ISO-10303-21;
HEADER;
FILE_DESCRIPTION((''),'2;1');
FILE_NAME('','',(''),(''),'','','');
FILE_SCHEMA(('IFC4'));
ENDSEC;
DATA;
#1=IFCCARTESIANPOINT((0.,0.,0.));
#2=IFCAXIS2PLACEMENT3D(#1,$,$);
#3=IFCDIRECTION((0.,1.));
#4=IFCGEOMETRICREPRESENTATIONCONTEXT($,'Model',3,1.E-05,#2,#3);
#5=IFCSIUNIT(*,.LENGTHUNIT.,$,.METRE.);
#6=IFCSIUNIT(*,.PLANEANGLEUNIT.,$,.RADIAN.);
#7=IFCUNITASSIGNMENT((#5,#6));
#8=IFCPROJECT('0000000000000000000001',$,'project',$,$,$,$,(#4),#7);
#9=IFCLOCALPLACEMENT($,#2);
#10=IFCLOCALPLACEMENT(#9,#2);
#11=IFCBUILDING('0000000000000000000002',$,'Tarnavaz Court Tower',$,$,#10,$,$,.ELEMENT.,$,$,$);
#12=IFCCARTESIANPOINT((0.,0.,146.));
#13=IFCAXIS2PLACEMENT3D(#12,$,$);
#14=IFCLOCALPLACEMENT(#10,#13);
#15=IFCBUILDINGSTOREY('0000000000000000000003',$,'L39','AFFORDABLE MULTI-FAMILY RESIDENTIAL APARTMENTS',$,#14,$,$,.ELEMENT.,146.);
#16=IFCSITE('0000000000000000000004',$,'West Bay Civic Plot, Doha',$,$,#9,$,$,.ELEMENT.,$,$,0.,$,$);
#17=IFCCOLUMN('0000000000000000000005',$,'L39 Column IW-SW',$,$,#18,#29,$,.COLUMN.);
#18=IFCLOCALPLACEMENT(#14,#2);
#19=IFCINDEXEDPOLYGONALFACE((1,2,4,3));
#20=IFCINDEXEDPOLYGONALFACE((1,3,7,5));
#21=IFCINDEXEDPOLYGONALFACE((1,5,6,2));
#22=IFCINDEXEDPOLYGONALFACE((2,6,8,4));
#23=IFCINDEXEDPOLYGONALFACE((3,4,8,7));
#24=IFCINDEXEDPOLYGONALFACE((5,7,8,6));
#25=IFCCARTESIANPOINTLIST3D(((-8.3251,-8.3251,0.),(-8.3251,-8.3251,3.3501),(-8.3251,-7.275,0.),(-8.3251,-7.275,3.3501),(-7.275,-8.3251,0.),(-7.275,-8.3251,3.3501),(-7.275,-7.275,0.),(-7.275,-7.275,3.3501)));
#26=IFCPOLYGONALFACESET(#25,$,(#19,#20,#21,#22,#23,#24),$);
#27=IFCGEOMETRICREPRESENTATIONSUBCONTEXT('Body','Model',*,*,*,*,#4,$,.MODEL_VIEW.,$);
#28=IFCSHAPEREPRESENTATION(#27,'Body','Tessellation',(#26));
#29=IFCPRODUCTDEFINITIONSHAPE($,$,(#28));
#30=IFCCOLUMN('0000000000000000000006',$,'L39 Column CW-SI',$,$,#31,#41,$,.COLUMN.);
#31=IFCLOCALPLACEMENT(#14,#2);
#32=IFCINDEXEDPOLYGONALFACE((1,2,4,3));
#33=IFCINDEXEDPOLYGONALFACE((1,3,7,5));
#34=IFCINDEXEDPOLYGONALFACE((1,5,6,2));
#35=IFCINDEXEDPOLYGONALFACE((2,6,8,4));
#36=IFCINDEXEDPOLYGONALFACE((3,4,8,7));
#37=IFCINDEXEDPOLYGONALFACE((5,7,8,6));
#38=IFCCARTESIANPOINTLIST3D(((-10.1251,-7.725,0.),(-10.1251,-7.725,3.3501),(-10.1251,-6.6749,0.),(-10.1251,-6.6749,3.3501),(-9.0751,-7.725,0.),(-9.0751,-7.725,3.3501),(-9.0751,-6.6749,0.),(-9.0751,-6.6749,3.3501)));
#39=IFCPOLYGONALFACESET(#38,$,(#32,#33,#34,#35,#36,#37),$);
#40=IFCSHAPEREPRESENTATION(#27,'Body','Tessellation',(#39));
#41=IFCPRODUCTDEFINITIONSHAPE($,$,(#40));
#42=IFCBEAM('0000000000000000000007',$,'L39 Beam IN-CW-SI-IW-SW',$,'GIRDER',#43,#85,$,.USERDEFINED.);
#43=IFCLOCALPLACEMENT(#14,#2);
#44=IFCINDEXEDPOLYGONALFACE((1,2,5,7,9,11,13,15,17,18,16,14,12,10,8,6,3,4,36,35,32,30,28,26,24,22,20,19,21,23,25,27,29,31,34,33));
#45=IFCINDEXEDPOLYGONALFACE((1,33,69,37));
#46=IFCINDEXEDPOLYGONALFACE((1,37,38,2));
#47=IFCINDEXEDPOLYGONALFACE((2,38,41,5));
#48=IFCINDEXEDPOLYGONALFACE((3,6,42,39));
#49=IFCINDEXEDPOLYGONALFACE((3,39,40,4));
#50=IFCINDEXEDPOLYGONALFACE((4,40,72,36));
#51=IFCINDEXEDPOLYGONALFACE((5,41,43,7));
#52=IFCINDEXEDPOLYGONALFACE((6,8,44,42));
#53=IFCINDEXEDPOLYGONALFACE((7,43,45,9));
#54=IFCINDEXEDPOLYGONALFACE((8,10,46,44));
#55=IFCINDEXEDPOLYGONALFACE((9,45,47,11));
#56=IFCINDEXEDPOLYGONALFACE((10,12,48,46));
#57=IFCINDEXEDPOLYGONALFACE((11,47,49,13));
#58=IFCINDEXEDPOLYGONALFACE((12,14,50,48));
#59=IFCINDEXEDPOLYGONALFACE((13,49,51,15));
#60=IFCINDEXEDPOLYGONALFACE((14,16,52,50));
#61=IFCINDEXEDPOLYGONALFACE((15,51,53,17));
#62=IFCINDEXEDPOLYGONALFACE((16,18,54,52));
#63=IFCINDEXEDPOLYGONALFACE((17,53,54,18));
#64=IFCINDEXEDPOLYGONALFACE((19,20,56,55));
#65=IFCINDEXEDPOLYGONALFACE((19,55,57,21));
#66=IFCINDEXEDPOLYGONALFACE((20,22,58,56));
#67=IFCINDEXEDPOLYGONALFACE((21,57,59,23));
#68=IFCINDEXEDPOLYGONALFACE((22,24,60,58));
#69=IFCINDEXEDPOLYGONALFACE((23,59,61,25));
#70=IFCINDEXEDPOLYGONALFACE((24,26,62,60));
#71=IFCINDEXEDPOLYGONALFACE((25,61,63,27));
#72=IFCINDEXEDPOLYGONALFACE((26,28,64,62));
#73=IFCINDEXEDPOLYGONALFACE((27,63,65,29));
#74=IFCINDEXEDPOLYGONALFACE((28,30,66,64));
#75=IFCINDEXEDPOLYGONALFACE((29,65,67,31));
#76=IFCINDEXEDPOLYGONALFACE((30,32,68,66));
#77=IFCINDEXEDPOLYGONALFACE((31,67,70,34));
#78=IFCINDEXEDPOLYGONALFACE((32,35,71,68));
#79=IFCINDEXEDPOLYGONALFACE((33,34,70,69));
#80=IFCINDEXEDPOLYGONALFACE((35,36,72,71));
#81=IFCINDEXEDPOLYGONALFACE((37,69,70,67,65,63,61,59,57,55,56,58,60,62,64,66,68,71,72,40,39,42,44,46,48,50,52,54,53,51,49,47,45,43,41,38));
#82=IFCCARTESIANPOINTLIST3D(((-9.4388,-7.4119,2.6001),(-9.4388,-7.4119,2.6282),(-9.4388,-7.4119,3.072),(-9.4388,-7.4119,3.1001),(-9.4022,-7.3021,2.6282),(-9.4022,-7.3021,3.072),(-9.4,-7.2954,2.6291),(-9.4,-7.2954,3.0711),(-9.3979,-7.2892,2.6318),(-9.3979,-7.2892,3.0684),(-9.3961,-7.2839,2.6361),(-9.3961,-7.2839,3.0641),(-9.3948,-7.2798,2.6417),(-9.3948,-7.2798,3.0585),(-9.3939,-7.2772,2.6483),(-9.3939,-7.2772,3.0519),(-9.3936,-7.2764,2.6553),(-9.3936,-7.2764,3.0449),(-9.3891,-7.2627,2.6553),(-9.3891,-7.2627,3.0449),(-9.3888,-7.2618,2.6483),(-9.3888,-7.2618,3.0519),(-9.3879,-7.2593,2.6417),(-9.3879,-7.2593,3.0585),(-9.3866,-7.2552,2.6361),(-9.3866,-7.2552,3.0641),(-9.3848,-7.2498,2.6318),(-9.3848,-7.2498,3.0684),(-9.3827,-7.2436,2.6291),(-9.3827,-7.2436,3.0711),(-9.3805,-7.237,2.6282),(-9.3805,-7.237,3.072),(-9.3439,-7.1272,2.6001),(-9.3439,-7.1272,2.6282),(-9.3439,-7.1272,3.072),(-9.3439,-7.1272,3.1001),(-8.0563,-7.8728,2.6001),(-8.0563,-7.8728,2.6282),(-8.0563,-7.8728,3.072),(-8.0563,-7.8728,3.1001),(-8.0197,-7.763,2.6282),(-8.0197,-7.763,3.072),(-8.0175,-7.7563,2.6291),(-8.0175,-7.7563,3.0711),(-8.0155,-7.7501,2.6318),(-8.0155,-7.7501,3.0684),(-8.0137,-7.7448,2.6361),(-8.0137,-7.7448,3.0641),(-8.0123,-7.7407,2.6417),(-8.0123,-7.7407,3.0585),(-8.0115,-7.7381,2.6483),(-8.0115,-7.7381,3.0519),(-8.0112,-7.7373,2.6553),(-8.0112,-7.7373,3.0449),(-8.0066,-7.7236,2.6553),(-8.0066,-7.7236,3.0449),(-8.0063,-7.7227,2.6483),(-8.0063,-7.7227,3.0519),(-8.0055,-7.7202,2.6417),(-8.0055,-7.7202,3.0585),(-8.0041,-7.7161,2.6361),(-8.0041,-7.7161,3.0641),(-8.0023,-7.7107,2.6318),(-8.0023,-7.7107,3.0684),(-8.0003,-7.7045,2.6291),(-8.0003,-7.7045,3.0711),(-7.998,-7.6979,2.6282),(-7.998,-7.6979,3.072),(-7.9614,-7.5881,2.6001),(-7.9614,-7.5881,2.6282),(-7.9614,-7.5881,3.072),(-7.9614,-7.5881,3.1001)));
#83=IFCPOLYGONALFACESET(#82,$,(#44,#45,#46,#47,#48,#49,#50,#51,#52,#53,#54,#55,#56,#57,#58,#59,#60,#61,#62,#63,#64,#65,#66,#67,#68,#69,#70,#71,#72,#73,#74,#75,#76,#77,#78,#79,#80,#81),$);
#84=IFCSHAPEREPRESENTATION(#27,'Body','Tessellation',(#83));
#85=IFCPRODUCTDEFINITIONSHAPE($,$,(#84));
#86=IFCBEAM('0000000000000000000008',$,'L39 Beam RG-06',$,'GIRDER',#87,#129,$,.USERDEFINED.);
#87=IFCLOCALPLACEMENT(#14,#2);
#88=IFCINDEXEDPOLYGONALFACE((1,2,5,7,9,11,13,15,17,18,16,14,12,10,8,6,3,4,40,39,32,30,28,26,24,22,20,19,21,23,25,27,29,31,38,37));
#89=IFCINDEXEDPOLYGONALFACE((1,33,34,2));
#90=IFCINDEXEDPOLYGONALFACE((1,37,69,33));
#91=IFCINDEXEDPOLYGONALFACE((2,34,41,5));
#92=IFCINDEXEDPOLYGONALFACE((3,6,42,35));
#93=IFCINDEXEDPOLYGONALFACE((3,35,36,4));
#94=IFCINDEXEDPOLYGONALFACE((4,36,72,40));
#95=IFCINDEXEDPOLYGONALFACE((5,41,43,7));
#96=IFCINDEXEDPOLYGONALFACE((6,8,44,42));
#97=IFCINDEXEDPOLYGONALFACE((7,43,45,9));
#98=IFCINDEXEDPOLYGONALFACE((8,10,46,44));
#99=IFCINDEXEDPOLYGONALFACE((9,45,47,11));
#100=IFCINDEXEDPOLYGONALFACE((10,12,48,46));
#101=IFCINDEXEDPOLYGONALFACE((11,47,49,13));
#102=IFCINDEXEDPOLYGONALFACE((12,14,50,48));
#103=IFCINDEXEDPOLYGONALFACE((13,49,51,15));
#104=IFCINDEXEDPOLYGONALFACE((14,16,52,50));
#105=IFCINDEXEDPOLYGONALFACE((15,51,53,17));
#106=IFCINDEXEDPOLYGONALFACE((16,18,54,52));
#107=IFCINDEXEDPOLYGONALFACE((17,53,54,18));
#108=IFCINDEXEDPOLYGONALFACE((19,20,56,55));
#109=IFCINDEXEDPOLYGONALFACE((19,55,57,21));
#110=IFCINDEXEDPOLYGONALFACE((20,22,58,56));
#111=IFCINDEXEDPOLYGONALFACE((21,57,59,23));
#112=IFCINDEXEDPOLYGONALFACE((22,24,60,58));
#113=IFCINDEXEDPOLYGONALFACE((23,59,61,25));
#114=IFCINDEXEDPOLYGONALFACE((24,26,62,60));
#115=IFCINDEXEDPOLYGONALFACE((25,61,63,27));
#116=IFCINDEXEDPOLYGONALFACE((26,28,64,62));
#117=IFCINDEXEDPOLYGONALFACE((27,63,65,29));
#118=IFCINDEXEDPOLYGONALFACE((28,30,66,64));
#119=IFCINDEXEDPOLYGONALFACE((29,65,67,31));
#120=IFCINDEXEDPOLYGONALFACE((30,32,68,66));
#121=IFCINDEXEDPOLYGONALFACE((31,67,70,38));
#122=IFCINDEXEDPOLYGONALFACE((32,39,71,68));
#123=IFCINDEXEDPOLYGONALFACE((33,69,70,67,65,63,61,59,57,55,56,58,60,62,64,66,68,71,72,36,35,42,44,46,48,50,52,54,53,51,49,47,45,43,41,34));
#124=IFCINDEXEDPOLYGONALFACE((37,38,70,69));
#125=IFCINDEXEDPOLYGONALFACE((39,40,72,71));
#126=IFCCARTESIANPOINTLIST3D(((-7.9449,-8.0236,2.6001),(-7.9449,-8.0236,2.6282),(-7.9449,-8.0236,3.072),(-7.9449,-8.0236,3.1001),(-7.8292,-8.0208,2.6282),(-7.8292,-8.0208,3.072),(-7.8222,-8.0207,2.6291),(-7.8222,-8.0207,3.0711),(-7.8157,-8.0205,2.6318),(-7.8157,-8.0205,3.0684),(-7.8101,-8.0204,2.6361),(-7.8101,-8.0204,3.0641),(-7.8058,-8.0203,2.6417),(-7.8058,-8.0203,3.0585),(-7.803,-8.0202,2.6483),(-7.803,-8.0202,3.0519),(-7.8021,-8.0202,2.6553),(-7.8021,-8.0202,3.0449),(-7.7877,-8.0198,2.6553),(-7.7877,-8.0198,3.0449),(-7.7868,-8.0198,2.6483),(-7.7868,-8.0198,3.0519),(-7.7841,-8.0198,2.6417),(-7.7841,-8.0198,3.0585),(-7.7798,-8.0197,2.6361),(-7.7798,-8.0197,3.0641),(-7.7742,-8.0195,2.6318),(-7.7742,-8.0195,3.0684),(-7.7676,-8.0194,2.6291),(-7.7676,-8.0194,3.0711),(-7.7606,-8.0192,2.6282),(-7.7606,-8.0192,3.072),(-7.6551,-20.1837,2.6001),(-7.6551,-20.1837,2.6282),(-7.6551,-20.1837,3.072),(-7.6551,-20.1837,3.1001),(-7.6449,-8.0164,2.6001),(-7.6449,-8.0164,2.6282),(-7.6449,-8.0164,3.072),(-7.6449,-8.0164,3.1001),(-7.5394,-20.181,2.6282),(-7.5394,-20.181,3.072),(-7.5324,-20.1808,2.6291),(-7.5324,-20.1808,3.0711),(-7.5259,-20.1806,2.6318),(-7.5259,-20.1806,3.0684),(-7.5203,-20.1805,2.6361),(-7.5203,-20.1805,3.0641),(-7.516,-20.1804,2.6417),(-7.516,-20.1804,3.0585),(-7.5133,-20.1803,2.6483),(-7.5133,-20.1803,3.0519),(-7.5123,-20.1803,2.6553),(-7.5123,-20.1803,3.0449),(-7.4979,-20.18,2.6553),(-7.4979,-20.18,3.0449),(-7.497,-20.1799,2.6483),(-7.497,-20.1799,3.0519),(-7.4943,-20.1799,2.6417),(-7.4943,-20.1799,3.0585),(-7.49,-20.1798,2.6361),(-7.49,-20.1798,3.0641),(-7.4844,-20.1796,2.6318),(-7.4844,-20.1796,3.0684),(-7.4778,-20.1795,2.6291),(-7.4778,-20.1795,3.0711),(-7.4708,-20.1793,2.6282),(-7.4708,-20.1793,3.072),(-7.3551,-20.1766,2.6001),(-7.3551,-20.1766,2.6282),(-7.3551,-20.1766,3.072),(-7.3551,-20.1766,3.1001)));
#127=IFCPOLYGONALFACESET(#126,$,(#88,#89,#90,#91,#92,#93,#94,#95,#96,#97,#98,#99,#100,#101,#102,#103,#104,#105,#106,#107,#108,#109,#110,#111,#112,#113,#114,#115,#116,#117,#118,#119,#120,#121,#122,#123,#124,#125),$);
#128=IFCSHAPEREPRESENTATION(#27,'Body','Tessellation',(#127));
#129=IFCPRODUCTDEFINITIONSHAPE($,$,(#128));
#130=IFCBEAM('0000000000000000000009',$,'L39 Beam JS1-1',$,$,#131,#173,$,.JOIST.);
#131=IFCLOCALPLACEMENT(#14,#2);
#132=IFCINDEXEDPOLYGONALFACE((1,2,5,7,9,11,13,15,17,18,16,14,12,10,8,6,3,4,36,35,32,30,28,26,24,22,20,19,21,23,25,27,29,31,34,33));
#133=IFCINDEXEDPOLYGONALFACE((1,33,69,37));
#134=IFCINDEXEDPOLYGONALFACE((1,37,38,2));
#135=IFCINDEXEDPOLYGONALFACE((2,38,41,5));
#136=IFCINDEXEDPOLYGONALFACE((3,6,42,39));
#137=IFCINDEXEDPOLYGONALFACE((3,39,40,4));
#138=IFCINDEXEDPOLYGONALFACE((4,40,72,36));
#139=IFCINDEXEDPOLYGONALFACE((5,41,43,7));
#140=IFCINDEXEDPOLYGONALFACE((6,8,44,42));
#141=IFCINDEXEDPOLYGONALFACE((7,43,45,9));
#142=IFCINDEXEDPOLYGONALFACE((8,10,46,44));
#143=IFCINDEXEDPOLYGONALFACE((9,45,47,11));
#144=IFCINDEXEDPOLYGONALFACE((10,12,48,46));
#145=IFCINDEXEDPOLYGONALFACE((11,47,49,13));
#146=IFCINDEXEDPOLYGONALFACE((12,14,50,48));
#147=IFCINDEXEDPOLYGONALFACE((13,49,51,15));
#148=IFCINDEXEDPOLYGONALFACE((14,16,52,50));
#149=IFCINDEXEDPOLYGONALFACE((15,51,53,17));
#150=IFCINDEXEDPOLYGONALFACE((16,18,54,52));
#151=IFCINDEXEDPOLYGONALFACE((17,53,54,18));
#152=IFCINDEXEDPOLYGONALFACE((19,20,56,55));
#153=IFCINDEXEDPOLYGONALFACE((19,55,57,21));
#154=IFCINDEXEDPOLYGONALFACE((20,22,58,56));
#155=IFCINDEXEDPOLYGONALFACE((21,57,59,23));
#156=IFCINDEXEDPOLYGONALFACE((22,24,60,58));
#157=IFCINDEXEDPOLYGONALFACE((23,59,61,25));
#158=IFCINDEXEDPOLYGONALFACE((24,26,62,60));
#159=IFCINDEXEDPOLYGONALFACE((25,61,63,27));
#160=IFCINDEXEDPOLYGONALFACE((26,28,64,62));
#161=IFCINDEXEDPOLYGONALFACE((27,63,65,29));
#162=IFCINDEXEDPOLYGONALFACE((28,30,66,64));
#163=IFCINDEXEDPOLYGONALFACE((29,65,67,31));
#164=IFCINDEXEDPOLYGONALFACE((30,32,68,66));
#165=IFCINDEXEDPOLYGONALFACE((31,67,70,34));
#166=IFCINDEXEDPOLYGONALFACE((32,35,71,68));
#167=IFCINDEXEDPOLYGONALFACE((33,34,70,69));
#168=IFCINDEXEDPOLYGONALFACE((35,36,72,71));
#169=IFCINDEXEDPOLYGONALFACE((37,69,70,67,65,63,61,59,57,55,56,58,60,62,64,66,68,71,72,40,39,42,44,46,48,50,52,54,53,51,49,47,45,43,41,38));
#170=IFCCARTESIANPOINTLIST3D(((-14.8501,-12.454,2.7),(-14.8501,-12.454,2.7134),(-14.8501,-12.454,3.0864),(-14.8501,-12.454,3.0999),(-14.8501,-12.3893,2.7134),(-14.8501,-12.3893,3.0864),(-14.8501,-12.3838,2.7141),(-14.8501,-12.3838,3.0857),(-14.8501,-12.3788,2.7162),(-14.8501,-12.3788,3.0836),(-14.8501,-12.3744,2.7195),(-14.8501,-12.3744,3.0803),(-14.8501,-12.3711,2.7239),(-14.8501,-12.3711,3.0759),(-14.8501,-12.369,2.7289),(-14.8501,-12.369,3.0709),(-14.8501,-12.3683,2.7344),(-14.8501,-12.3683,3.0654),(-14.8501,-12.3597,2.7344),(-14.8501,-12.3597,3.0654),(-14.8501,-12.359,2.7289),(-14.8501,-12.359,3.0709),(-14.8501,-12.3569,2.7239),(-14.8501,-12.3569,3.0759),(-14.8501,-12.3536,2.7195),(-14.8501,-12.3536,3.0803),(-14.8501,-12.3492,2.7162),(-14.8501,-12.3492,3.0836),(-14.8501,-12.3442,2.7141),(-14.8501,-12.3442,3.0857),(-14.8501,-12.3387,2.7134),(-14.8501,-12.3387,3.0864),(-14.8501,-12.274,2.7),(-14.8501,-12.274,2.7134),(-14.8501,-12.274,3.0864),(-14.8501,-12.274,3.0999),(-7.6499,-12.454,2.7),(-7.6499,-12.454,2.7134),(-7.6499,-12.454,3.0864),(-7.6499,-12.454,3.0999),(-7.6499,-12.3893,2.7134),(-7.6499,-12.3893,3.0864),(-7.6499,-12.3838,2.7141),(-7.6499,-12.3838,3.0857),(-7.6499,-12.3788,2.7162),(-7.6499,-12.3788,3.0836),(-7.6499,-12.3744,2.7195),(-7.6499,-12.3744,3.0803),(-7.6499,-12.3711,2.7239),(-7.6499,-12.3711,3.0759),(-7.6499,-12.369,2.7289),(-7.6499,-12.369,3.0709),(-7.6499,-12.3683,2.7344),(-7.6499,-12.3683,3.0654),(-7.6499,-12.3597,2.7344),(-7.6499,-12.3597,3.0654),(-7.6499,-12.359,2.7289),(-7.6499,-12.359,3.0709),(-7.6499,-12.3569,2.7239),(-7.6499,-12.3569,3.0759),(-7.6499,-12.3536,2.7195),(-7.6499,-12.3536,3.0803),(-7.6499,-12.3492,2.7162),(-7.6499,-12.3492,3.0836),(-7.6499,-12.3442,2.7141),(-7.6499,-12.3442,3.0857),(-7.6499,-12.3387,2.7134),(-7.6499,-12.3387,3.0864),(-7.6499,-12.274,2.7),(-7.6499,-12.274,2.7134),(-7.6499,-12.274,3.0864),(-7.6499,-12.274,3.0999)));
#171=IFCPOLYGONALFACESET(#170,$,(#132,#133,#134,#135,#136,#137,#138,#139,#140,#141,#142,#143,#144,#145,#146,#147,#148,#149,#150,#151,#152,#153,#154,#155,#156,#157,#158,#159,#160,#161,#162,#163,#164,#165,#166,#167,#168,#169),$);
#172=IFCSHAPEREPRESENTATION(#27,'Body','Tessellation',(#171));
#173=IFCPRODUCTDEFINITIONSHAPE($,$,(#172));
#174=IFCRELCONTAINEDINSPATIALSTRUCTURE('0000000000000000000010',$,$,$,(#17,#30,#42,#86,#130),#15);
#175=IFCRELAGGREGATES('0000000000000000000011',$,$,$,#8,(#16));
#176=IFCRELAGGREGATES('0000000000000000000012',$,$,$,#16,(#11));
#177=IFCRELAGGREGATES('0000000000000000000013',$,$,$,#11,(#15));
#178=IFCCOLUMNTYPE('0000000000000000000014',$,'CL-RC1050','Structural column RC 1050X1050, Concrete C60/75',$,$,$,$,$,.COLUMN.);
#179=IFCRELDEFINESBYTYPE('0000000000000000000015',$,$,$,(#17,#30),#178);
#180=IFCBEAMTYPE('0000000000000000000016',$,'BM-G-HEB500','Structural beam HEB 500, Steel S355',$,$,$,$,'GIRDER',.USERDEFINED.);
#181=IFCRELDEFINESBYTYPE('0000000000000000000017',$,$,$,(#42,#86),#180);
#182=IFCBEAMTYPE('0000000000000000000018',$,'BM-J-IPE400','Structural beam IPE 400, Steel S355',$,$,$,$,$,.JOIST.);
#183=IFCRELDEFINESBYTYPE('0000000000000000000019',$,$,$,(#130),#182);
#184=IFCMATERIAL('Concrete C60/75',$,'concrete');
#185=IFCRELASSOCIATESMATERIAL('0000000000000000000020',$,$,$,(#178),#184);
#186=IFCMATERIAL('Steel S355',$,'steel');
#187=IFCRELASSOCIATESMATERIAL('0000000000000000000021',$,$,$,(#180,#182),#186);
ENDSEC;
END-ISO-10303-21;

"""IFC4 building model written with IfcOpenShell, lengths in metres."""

from ifc_helpers import new_model, si_unit, direction, frame, origin, origin_2d, place, context, subcontext, project, spatial, rectangle, i_section, extrude, material, material_profile, profile_set, type_object, element, save


model = new_model("IFC4")

# Units and contexts
model_context = context("Model", 3, precision=1e-05, world=origin(), true_north=direction((0.0, 1.0)))
body_context = subcontext(model_context, "Body", "Model", "MODEL_VIEW")
ifc_project = project(units=[si_unit("LENGTHUNIT", "METRE"), si_unit("PLANEANGLEUNIT", "RADIAN")], contexts=[model_context])

# Site, building, storey
site_placement = place(None, origin())
site = spatial("IfcSite", under=ifc_project, at=site_placement, Name="West Bay Civic Plot, Doha", CompositionType="ELEMENT", RefElevation=0.0)
building_placement = place(site_placement, origin())
building = spatial("IfcBuilding", under=site, at=building_placement, Name="Tarnavaz Court Tower", CompositionType="ELEMENT")
storey_placement = place(building_placement, frame((0.0, 0.0, 146.0)))
storey = spatial("IfcBuildingStorey", under=building, at=storey_placement, Name="L39", Description="AFFORDABLE MULTI-FAMILY RESIDENTIAL APARTMENTS", CompositionType="ELEMENT", Elevation=146.0)

# Columns
ifc_material_1 = material(Name="Concrete C60/75", Category="concrete")
ifc_material_profile_1 = material_profile(ifc_material_1, rectangle(XDim=1.05, YDim=1.05, at=origin_2d()), Name="RC 1050X1050")
ifc_profile_set_1 = profile_set([ifc_material_profile_1], Name="Concrete C60/75")
column_type = type_object("IfcColumnType", Name="CL-RC1050", Description="Structural column RC 1050X1050, Concrete C60/75", PredefinedType="COLUMN", material=ifc_profile_set_1)
for number, where, z_axis, x_axis, name in (
    (1, (-7.8, -7.8, 0.0), (0.0, 0.0, 1.0), (1.0, 0.0, 0.0), "L39 Column IW-SW"),
    (2, (-9.6001, -7.2, 0.0), (0.0, 0.0, 1.0), (1.0, 0.0, 0.0), "L39 Column CW-SI"),
):
    element("IfcColumn", number, at=place(storey_placement, frame(where, z_axis=z_axis, x_axis=x_axis)), inside=storey, type_object=column_type, Name=name, PredefinedType="COLUMN", context=body_context, shape_type="SweptSolid", body=[
        extrude(rectangle(XDim=1.05, YDim=1.05, at=origin_2d()), origin(), (0.0, 0.0, 1.0), 3.3501),
    ])

# Beams
ifc_material_2 = material(Name="Steel S355", Category="steel")
ifc_material_profile_2 = material_profile(ifc_material_2, i_section(OverallWidth=0.3, OverallDepth=0.5, WebThickness=0.0144, FlangeThickness=0.0281, FilletRadius=0.0271, at=origin_2d()), Name="HEB 500")
ifc_profile_set_2 = profile_set([ifc_material_profile_2], Name="Steel S355")
beam_type_1 = type_object("IfcBeamType", Name="BM-G-HEB500", Description="Structural beam HEB 500, Steel S355", ElementType="GIRDER", PredefinedType="USERDEFINED", material=ifc_profile_set_2)
beam_1_placement = place(storey_placement, frame((-9.3914, -7.2695, 2.8501), z_axis=(0.948667, -0.316278, 0.0), x_axis=(0.316278, 0.948667, 0.0)))
element("IfcBeam", 3, at=beam_1_placement, inside=storey, type_object=beam_type_1, Name="L39 Beam IN-CW-SI-IW-SW", ObjectType="GIRDER", PredefinedType="USERDEFINED", context=body_context, shape_type="SweptSolid", body=[
    extrude(i_section(OverallWidth=0.3, OverallDepth=0.5, WebThickness=0.0144, FlangeThickness=0.0281, FilletRadius=0.0271, at=origin_2d()), origin(), (0.0, 0.0, 1.0), 1.4573),
])
beam_2_placement = place(storey_placement, frame((-7.7949, -8.02, 2.8501), z_axis=(0.023825, -0.999716, 0.0), x_axis=(0.999716, 0.023825, 0.0)))
element("IfcBeam", 4, at=beam_2_placement, inside=storey, type_object=beam_type_1, Name="L39 Beam RG-06", ObjectType="GIRDER", PredefinedType="USERDEFINED", context=body_context, shape_type="SweptSolid", body=[
    extrude(i_section(OverallWidth=0.3, OverallDepth=0.5, WebThickness=0.0144, FlangeThickness=0.0281, FilletRadius=0.0271, at=origin_2d()), origin(), (0.0, 0.0, 1.0), 12.1636),
])
ifc_material_profile_3 = material_profile(ifc_material_2, i_section(OverallWidth=0.1799, OverallDepth=0.3999, WebThickness=0.0085, FlangeThickness=0.0134, FilletRadius=0.021, at=origin_2d()), Name="IPE 400")
ifc_profile_set_3 = profile_set([ifc_material_profile_3], Name="Steel S355")
beam_type_2 = type_object("IfcBeamType", Name="BM-J-IPE400", Description="Structural beam IPE 400, Steel S355", PredefinedType="JOIST", material=ifc_profile_set_3)
beam_3_placement = place(storey_placement, frame((-14.8501, -12.364, 2.8999), z_axis=(1.0, 0.0, 0.0), x_axis=(0.0, 1.0, 0.0)))
element("IfcBeam", 5, at=beam_3_placement, inside=storey, type_object=beam_type_2, Name="L39 Beam JS1-1", PredefinedType="JOIST", context=body_context, shape_type="SweptSolid", body=[
    extrude(i_section(OverallWidth=0.1799, OverallDepth=0.3999, WebThickness=0.0085, FlangeThickness=0.0134, FilletRadius=0.021, at=origin_2d()), origin(), (0.0, 0.0, 1.0), 7.2002),
])

save(model, "model.ifc")
